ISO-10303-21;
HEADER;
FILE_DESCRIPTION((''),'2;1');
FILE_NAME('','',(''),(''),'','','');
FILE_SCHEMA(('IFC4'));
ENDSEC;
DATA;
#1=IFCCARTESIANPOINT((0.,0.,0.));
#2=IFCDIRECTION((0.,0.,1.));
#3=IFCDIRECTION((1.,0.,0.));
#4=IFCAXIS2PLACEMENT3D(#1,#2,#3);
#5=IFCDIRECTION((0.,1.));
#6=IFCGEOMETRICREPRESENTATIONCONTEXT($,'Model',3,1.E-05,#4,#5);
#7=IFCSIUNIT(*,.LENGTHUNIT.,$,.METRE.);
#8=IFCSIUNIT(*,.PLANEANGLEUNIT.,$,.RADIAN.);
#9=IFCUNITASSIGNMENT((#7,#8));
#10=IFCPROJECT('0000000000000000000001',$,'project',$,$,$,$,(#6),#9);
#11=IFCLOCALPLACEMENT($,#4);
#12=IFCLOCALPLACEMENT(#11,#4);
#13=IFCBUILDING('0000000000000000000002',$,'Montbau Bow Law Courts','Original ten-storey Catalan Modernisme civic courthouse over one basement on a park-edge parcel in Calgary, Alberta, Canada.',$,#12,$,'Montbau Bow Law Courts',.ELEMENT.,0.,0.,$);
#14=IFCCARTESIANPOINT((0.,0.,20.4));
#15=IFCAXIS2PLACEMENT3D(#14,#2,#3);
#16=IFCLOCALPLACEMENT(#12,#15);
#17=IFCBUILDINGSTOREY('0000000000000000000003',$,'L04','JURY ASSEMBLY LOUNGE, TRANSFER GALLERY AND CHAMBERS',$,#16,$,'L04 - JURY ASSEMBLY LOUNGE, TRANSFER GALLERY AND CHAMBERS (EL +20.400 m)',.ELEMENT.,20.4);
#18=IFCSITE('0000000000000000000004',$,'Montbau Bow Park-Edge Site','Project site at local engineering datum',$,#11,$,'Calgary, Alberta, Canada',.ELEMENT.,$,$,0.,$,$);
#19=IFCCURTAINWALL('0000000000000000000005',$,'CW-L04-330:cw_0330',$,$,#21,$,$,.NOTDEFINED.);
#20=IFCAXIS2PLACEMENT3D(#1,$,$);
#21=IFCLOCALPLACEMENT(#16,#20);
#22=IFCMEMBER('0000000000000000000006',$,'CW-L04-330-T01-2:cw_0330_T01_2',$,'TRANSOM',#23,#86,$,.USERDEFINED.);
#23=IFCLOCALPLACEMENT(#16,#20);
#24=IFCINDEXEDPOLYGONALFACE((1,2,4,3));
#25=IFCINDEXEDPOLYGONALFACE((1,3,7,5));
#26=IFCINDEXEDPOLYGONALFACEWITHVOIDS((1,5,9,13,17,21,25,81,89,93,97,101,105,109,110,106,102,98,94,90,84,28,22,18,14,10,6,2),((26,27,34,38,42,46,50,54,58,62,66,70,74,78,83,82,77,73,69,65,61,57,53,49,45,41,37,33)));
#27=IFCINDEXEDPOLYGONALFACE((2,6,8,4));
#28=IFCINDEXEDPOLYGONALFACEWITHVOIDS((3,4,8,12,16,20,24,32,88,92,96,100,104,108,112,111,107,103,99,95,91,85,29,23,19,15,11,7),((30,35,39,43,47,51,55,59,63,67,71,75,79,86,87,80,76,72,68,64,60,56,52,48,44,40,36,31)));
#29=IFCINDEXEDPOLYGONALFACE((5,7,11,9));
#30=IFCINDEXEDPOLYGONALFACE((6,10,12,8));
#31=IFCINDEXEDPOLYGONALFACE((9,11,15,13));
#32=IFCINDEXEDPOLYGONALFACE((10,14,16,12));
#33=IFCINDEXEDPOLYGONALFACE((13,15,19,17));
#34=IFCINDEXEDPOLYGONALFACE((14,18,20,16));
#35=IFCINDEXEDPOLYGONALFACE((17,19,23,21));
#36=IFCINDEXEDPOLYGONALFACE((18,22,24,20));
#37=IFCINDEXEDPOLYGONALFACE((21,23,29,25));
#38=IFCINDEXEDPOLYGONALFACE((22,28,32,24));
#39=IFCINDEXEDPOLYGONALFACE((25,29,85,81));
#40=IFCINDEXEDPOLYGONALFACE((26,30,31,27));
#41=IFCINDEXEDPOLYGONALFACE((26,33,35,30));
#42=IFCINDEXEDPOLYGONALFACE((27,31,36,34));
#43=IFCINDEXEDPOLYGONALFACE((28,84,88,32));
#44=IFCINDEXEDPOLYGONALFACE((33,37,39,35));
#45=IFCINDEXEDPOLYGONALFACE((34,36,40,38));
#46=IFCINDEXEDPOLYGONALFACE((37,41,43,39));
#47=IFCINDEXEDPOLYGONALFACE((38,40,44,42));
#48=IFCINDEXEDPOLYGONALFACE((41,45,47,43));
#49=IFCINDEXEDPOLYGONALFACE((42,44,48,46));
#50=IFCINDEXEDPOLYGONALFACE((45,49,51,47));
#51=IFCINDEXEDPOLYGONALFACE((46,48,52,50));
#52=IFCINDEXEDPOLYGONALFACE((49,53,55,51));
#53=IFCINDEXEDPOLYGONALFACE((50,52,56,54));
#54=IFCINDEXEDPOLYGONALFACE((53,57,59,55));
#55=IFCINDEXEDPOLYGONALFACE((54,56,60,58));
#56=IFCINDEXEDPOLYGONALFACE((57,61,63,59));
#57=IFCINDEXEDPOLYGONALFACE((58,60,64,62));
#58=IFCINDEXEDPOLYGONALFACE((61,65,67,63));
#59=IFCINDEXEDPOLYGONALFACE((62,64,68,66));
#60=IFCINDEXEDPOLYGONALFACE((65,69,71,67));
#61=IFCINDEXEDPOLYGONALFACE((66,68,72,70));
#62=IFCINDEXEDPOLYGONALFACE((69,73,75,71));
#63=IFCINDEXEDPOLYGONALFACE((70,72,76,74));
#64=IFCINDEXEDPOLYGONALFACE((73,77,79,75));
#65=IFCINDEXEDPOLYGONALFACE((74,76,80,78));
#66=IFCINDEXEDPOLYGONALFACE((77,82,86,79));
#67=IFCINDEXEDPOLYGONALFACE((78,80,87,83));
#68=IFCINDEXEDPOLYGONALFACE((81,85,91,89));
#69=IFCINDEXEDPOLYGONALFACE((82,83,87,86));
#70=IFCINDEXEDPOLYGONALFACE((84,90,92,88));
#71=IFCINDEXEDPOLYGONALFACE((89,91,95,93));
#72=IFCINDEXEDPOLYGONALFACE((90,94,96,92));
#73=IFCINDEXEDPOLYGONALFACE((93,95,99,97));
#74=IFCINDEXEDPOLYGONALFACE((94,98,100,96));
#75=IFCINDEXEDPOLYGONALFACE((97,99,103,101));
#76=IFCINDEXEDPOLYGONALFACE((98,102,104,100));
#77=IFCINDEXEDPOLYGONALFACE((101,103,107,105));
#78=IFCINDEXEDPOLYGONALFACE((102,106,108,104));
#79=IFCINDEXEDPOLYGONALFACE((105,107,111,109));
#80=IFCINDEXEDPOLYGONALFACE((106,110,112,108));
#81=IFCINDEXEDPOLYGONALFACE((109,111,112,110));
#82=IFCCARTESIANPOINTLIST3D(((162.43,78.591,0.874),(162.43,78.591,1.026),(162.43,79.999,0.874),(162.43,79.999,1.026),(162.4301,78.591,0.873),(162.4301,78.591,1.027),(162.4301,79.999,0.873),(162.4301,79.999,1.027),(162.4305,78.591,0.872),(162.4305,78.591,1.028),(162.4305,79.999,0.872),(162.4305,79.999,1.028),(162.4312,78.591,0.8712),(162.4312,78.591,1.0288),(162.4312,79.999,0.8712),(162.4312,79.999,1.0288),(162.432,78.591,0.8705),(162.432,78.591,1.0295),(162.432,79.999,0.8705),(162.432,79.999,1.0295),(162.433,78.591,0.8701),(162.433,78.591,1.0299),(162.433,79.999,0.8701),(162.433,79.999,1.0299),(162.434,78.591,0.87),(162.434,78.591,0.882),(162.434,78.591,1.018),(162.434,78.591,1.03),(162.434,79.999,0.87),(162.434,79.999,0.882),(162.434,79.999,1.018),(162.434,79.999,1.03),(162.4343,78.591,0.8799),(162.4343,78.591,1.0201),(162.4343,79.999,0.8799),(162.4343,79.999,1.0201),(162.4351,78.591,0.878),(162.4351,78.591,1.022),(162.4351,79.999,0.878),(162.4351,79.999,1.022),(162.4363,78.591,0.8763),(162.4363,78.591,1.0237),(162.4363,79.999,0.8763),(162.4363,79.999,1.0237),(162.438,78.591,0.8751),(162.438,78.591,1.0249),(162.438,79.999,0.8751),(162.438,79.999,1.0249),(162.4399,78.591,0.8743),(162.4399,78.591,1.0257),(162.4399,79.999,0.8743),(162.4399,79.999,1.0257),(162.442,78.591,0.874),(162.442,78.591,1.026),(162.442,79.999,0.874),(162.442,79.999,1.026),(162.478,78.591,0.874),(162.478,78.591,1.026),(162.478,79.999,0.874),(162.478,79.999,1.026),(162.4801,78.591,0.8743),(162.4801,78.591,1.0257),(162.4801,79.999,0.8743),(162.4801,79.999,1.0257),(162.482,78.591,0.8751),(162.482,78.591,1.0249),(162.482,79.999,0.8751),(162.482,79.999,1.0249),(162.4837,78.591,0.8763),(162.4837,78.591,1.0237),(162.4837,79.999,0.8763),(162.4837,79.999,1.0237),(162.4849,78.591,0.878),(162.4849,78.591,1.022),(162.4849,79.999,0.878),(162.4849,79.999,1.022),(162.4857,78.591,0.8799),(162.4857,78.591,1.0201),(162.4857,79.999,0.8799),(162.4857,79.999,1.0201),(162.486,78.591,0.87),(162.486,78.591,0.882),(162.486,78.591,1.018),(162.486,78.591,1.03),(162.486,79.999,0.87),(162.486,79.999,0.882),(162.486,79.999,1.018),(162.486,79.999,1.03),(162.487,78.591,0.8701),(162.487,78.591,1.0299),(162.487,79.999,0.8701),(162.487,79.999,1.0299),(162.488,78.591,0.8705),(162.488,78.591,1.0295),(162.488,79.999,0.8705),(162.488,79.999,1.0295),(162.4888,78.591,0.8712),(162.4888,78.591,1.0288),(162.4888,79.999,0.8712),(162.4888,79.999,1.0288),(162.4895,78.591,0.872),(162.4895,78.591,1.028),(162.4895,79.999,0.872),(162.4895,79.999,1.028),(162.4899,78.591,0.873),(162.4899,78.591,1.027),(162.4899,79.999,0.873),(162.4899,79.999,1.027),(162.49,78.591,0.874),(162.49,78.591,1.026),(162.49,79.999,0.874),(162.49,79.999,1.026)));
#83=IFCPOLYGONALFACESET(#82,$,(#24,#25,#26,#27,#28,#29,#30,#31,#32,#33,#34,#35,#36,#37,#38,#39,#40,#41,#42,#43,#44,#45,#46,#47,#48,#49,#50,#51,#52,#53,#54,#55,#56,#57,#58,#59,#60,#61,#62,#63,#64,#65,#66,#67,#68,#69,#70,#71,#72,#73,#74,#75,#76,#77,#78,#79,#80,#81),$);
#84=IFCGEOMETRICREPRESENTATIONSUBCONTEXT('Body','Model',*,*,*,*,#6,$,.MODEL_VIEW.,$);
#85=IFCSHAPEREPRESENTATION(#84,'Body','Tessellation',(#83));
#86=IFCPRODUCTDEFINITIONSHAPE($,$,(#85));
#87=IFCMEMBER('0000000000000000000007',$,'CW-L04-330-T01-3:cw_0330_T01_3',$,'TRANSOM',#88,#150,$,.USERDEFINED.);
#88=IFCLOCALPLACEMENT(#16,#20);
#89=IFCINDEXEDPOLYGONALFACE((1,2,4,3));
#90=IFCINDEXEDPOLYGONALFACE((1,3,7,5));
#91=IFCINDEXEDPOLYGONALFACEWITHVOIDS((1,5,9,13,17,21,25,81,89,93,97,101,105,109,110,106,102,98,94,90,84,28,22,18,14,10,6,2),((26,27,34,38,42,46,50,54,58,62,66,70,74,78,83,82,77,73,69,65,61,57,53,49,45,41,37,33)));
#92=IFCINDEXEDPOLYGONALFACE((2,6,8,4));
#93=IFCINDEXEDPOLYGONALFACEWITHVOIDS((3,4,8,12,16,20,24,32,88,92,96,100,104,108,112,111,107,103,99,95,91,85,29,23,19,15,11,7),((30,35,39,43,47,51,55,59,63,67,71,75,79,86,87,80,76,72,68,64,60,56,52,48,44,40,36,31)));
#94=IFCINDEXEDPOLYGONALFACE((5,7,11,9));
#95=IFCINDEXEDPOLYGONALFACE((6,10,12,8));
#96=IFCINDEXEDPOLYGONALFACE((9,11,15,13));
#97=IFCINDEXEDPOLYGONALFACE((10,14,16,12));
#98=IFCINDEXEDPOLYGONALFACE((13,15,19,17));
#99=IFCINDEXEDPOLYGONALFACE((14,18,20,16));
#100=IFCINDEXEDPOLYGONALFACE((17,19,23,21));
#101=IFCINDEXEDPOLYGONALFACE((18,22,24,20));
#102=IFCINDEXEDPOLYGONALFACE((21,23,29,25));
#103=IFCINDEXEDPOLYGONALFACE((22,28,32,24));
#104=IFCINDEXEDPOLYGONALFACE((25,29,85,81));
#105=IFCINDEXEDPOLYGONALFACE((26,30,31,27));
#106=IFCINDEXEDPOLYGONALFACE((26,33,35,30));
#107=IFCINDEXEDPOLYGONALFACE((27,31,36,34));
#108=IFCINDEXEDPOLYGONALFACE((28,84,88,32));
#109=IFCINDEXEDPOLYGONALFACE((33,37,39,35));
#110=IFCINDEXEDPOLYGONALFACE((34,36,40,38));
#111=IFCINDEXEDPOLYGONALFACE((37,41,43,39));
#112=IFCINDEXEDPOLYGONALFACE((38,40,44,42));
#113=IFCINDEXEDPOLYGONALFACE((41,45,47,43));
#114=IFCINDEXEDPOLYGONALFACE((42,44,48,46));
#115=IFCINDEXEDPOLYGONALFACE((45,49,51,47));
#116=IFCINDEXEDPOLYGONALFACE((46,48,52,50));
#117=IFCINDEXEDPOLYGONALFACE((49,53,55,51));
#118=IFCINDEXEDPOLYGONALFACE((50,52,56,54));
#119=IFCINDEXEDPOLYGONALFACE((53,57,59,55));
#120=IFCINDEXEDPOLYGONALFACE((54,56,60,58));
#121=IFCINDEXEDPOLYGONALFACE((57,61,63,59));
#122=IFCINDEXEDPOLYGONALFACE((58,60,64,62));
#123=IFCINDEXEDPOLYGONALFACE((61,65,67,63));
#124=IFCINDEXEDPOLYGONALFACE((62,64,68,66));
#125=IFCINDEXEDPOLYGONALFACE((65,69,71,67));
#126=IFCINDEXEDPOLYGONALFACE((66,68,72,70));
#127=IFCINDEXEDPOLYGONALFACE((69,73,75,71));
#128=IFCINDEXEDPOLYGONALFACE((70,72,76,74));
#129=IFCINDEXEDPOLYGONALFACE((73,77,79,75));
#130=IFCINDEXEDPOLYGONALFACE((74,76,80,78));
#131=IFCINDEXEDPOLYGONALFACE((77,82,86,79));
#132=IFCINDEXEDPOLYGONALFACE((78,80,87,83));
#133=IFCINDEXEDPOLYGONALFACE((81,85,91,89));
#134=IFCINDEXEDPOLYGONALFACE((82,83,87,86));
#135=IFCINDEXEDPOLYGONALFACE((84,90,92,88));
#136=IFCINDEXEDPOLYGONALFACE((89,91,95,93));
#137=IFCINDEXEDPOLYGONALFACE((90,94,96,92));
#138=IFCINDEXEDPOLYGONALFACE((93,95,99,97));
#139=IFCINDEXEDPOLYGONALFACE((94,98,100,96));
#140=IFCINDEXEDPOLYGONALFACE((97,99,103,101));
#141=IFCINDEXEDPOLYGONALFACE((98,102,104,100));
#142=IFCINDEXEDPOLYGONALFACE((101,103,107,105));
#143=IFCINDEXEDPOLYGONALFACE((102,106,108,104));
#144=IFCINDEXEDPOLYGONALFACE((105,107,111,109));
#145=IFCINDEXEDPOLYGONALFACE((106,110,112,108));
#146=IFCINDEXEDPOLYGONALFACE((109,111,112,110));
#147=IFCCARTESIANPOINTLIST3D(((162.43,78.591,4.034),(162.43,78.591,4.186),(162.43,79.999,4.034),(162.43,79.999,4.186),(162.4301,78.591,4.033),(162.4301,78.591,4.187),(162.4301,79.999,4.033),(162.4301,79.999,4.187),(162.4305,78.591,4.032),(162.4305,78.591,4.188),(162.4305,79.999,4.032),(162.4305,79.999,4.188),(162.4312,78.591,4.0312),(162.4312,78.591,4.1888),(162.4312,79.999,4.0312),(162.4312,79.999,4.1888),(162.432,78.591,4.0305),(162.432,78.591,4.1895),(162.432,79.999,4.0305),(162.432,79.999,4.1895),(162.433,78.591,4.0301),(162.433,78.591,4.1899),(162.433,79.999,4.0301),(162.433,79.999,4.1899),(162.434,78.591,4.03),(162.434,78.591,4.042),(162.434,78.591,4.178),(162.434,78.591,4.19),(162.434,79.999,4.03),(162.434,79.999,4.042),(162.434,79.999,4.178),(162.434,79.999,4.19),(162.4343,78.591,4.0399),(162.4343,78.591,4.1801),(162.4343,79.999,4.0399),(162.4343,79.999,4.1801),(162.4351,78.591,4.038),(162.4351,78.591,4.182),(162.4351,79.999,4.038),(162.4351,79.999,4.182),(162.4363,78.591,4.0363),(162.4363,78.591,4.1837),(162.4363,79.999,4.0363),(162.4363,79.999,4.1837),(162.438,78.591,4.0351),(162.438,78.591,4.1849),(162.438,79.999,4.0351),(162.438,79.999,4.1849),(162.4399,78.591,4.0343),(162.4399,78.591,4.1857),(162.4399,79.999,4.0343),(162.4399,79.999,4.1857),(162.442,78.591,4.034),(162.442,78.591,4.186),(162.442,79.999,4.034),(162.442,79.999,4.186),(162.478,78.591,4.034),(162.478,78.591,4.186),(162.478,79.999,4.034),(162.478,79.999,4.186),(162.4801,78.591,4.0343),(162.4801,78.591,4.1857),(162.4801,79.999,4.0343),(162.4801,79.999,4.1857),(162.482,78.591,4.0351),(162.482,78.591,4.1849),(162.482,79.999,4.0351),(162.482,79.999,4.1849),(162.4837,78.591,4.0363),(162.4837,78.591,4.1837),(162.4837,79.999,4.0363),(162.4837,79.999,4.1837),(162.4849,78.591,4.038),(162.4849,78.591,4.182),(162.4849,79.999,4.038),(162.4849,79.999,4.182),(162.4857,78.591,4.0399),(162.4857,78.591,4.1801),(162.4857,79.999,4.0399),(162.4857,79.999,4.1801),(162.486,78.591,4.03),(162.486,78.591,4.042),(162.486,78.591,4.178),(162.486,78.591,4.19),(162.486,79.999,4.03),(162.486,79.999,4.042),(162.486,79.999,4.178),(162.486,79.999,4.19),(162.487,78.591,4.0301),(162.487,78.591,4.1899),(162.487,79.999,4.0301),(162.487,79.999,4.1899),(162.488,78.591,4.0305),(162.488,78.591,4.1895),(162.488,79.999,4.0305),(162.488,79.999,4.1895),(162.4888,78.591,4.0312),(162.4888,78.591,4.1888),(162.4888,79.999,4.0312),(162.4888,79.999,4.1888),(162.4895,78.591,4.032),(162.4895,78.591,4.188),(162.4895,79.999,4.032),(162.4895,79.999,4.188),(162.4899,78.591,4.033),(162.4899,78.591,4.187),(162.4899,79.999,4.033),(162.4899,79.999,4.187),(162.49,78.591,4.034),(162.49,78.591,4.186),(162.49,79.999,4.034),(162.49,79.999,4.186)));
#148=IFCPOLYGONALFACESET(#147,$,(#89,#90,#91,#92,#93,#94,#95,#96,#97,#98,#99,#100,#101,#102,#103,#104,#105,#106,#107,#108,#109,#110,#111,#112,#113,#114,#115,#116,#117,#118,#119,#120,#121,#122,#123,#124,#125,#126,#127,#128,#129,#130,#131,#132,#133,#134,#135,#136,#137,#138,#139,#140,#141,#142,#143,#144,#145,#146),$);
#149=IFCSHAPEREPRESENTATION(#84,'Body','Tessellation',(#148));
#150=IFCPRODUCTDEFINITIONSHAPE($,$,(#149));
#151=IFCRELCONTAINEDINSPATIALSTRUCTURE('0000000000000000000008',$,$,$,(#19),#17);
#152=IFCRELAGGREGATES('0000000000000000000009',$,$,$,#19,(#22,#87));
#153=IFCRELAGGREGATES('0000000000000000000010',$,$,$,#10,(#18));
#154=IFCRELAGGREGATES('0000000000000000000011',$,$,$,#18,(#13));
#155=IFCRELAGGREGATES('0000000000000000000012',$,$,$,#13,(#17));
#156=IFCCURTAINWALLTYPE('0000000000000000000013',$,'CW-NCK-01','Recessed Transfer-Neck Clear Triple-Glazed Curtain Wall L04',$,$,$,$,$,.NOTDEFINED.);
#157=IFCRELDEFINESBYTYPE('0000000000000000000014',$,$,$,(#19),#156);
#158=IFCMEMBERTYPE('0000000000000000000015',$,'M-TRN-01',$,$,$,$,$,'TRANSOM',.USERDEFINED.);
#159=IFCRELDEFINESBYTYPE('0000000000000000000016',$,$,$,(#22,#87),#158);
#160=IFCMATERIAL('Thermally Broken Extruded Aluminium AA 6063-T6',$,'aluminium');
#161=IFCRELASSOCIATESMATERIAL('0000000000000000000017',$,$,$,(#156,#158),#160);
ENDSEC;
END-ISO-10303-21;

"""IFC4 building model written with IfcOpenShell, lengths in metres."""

from ifc_helpers import new_model, si_unit, direction, frame, origin_with_axes, origin_2d_with_axis, place, context, subcontext, project, spatial, hollow_rectangle, extrude, material, material_profile, profile_set, type_object, element, aggregate, save


model = new_model("IFC4")

# Units and contexts
model_context = context("Model", 3, precision=1e-05, world=origin_with_axes(), true_north=direction((0.0, 1.0)))
body_context = subcontext(model_context, "Body", "Model", "MODEL_VIEW")
ifc_project = project(units=[si_unit("LENGTHUNIT", "METRE"), si_unit("PLANEANGLEUNIT", "RADIAN")], contexts=[model_context])

# Site, building, storey
site_placement = place(None, origin_with_axes())
site = spatial("IfcSite", under=ifc_project, at=site_placement, Name="Montbau Bow Park-Edge Site", Description="Project site at local engineering datum", LongName="Calgary, Alberta, Canada", CompositionType="ELEMENT", RefElevation=0.0)
building_placement = place(site_placement, origin_with_axes())
building = spatial("IfcBuilding", under=site, at=building_placement, Name="Montbau Bow Law Courts", Description="Original ten-storey Catalan Modernisme civic courthouse over one basement on a park-edge parcel in Calgary, Alberta, Canada.", LongName="Montbau Bow Law Courts", CompositionType="ELEMENT", ElevationOfRefHeight=0.0, ElevationOfTerrain=0.0)
storey_placement = place(building_placement, frame((0.0, 0.0, 20.4), z_axis=(0.0, 0.0, 1.0), x_axis=(1.0, 0.0, 0.0)))
storey = spatial("IfcBuildingStorey", under=building, at=storey_placement, Name="L04", Description="JURY ASSEMBLY LOUNGE, TRANSFER GALLERY AND CHAMBERS", LongName="L04 - JURY ASSEMBLY LOUNGE, TRANSFER GALLERY AND CHAMBERS (EL +20.400 m)", CompositionType="ELEMENT", Elevation=20.4)

# Curtain wall
ifc_material_1 = material(Name="Thermally Broken Extruded Aluminium AA 6063-T6", Category="aluminium")
curtain_wall_type = type_object("IfcCurtainWallType", Name="CW-NCK-01", Description="Recessed Transfer-Neck Clear Triple-Glazed Curtain Wall L04", PredefinedType="NOTDEFINED", material=ifc_material_1)
curtain_wall_1_placement = place(None, frame((162.46, 78.515, 20.4), z_axis=(0.0, 0.0, 1.0), x_axis=(1.0, 0.0, 0.0)))
curtain_wall_1 = element("IfcCurtainWall", 1, at=curtain_wall_1_placement, inside=storey, type_object=curtain_wall_type, Name="CW-L04-330:cw_0330", PredefinedType="NOTDEFINED")

# Members
ifc_material_profile_1 = material_profile(ifc_material_1, hollow_rectangle(XDim=0.06, YDim=0.16, WallThickness=0.004, InnerFilletRadius=0.008, OuterFilletRadius=0.004, at=origin_2d_with_axis()), Name="CWT-160X60", Category="Main", Priority=0)
ifc_profile_set_1 = profile_set([ifc_material_profile_1], Name="Thermally Broken Extruded Aluminium AA 6063-T6")
member_type_1 = type_object("IfcMemberType", Name="M-TRN-01", ElementType="TRANSOM", PredefinedType="USERDEFINED", material=ifc_profile_set_1)
member_1_placement = place(None, frame((162.46, 78.591, 21.35), z_axis=(0.0, 1.0, 0.0), x_axis=(-1.0, 0.0, 0.0)))
member_1 = element("IfcMember", 2, at=member_1_placement, type_object=member_type_1, Name="CW-L04-330-T01-2:cw_0330_T01_2", ObjectType="TRANSOM", PredefinedType="USERDEFINED", context=body_context, shape_type="SweptSolid", body=[
    extrude(hollow_rectangle(XDim=0.06, YDim=0.16, WallThickness=0.004, InnerFilletRadius=0.008, OuterFilletRadius=0.004, at=origin_2d_with_axis()), origin_with_axes(), (0.0, 0.0, 1.0), 1.408),
])
member_2_placement = place(None, frame((162.46, 78.591, 24.51), z_axis=(0.0, 1.0, 0.0), x_axis=(-1.0, 0.0, 0.0)))
member_2 = element("IfcMember", 3, at=member_2_placement, type_object=member_type_1, Name="CW-L04-330-T01-3:cw_0330_T01_3", ObjectType="TRANSOM", PredefinedType="USERDEFINED", context=body_context, shape_type="SweptSolid", body=[
    extrude(hollow_rectangle(XDim=0.06, YDim=0.16, WallThickness=0.004, InnerFilletRadius=0.008, OuterFilletRadius=0.004, at=origin_2d_with_axis()), origin_with_axes(), (0.0, 0.0, 1.0), 1.408),
])

aggregate(curtain_wall_1, [member_1, member_2])

save(model, "model.ifc")
